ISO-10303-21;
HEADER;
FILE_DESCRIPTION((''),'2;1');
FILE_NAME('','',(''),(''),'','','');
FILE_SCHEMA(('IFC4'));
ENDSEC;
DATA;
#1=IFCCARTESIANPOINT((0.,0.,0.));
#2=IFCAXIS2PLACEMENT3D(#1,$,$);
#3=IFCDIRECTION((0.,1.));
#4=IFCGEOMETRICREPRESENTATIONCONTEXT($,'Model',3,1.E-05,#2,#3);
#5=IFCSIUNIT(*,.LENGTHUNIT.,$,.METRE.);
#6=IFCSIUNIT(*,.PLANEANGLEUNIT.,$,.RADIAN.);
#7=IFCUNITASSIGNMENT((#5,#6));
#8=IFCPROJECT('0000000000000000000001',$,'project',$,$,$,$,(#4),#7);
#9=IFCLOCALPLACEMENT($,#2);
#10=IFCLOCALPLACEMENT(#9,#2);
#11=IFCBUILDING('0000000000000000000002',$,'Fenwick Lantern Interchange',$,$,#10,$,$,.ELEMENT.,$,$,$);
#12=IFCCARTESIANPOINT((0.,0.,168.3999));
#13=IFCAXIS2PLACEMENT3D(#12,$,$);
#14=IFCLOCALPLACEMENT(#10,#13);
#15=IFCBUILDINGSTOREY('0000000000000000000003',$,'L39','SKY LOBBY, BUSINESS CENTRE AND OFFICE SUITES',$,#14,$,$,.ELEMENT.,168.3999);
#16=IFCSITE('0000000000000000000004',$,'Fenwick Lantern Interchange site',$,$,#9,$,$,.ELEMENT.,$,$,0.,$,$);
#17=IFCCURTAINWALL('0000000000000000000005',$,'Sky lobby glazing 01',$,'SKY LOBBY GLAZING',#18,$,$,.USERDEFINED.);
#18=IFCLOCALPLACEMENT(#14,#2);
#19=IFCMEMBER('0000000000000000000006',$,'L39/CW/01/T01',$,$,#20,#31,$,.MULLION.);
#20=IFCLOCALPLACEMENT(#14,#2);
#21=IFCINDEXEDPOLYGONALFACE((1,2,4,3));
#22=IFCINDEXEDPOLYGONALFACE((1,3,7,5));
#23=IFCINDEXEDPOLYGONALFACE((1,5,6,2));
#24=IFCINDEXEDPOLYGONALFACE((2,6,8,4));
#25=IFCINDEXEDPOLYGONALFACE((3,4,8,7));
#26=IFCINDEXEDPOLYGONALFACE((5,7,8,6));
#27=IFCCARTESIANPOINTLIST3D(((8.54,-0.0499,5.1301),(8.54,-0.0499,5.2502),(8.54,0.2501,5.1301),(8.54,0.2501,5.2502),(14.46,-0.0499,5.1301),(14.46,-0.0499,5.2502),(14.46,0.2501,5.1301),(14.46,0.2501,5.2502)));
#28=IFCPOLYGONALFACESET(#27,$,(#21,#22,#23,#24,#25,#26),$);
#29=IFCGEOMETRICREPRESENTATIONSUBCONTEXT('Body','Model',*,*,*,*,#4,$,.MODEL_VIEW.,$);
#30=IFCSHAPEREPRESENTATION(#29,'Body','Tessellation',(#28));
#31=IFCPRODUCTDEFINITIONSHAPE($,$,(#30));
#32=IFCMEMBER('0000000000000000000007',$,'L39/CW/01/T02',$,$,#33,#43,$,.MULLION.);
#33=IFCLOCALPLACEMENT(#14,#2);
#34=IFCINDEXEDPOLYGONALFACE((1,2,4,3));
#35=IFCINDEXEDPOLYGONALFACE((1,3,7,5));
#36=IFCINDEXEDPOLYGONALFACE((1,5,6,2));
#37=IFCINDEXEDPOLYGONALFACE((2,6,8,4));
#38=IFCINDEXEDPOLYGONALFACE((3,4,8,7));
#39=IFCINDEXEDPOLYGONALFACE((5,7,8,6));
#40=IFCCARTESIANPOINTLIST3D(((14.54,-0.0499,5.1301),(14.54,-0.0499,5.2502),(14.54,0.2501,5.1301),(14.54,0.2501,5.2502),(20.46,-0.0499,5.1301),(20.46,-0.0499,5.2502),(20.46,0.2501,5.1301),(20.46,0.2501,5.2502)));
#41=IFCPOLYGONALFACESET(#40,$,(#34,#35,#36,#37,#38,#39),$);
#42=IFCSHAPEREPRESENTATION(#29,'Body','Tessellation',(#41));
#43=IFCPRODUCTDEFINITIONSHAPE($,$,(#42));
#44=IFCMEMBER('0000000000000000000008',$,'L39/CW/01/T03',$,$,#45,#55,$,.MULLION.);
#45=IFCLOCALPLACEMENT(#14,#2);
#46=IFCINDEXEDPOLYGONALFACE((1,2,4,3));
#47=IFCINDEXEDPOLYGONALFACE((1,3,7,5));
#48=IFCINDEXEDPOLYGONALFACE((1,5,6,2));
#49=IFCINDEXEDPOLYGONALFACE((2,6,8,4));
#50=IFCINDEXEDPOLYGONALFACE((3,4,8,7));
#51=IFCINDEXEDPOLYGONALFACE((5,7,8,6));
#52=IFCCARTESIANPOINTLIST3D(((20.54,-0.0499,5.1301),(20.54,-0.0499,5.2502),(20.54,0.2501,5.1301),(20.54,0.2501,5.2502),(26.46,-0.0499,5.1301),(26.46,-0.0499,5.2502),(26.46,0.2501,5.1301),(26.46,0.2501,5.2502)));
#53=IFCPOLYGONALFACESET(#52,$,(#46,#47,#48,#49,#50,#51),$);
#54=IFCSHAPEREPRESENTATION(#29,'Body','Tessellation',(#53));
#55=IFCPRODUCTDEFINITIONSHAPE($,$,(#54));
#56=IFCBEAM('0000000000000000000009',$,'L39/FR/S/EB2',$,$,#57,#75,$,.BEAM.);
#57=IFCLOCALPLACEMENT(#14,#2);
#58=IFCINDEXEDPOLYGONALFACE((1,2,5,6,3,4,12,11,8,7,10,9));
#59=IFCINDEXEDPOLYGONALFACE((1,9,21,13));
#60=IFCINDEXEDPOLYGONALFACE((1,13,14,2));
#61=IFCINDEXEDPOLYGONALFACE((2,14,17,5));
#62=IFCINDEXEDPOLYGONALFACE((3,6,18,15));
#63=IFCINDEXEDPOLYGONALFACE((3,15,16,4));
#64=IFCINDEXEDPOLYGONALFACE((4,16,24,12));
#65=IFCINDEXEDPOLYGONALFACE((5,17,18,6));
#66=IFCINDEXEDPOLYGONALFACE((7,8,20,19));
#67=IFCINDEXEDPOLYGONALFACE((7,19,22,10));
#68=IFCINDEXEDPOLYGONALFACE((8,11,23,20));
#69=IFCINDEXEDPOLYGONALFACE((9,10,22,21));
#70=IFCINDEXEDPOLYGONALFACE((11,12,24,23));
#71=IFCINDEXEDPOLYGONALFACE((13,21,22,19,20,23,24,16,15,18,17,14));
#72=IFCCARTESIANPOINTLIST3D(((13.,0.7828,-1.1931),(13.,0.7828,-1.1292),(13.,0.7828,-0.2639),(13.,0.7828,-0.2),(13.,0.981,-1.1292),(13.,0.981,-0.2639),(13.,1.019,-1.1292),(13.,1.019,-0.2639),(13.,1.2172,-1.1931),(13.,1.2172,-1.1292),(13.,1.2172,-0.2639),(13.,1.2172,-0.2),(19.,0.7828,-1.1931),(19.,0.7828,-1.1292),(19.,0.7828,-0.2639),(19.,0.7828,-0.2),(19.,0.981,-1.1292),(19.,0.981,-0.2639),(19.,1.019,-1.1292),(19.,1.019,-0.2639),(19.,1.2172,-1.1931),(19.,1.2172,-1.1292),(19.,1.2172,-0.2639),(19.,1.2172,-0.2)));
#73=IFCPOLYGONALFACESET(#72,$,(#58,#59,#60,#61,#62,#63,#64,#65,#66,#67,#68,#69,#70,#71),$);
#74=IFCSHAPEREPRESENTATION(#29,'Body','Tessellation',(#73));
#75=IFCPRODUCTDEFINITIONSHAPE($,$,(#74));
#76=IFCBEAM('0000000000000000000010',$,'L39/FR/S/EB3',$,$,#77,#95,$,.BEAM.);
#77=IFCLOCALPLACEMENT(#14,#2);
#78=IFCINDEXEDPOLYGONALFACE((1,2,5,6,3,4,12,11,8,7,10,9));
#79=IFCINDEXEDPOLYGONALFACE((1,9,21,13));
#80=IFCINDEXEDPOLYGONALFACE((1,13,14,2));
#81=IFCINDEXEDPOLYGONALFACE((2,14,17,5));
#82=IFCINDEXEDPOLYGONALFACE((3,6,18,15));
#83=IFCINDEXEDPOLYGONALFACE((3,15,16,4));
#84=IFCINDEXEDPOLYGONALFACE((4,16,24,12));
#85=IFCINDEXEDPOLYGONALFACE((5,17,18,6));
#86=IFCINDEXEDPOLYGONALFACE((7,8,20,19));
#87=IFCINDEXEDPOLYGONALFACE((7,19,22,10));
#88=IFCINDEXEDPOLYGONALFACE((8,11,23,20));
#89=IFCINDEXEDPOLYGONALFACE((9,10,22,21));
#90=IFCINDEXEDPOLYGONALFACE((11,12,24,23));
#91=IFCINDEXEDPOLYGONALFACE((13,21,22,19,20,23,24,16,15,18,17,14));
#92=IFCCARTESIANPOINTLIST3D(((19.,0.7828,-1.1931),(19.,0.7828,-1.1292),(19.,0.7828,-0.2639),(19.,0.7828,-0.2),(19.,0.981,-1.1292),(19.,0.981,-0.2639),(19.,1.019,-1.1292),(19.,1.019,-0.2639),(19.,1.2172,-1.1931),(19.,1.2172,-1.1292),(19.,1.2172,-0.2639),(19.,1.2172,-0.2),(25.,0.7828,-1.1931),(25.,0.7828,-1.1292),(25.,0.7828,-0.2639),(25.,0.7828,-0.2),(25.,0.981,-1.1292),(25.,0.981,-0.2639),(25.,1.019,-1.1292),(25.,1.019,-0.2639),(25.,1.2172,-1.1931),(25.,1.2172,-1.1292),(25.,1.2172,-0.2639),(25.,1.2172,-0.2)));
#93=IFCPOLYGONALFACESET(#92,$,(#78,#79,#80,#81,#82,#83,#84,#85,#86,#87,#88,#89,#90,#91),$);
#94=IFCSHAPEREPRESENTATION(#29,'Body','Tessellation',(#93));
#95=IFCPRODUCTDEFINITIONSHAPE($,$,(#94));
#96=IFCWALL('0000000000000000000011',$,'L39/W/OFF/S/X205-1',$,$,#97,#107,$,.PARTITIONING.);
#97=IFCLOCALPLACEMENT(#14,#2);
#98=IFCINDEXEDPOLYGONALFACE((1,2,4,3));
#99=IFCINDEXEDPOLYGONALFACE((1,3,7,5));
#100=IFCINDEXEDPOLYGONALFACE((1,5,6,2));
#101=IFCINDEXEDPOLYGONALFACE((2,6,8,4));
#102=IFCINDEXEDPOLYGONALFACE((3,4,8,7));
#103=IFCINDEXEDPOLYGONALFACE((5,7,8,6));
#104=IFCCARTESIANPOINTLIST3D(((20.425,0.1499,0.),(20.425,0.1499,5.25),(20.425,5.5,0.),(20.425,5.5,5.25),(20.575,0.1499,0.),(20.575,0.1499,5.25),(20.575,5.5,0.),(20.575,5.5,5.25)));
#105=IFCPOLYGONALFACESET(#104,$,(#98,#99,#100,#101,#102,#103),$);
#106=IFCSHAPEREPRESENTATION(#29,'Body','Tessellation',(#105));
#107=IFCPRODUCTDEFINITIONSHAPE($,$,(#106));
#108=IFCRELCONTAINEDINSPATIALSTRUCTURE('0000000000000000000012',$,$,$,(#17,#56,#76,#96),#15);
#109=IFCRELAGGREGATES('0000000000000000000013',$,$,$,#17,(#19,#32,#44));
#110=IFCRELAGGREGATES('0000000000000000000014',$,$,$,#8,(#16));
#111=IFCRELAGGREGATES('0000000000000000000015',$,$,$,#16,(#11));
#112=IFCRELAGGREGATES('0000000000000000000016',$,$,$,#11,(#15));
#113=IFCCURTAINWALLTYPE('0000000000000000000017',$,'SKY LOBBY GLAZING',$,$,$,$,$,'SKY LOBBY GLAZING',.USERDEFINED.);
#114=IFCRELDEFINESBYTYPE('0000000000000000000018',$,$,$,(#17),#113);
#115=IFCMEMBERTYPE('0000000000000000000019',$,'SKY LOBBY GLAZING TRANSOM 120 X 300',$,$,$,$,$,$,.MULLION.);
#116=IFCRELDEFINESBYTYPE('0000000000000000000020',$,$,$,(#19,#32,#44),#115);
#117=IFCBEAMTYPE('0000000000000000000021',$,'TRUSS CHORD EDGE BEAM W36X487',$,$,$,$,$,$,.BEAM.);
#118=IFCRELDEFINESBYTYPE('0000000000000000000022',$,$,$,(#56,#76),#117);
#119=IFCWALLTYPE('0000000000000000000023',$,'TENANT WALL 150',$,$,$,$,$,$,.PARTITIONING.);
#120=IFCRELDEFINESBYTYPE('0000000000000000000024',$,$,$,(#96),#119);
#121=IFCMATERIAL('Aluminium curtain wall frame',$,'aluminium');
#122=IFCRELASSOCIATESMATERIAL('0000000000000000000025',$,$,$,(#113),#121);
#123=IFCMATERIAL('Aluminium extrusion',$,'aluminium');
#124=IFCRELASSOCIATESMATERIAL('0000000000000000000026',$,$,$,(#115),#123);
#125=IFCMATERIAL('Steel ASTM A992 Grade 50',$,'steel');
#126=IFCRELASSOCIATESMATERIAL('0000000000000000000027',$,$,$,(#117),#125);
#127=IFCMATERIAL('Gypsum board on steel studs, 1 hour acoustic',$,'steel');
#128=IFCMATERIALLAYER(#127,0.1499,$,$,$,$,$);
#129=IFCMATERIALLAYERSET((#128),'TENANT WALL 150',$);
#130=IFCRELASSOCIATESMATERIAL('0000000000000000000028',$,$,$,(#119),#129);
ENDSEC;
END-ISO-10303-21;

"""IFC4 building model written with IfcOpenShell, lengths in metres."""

from ifc_helpers import new_model, si_unit, direction, frame, frame_2d, origin, origin_2d, place, context, subcontext, project, spatial, rectangle, i_section, extrude, material, layer, layer_set, material_profile, profile_set, type_object, element, aggregate, save


model = new_model("IFC4")

# Units and contexts
model_context = context("Model", 3, precision=1e-05, world=origin(), true_north=direction((0.0, 1.0)))
body_context = subcontext(model_context, "Body", "Model", "MODEL_VIEW")
ifc_project = project(units=[si_unit("LENGTHUNIT", "METRE"), si_unit("PLANEANGLEUNIT", "RADIAN")], contexts=[model_context])

# Site, building, storey
site_placement = place(None, origin())
site = spatial("IfcSite", under=ifc_project, at=site_placement, Name="Fenwick Lantern Interchange site", CompositionType="ELEMENT", RefElevation=0.0)
building_placement = place(site_placement, origin())
building = spatial("IfcBuilding", under=site, at=building_placement, Name="Fenwick Lantern Interchange", CompositionType="ELEMENT")
storey_placement = place(building_placement, frame((0.0, 0.0, 168.3999)))
storey = spatial("IfcBuildingStorey", under=building, at=storey_placement, Name="L39", Description="SKY LOBBY, BUSINESS CENTRE AND OFFICE SUITES", CompositionType="ELEMENT", Elevation=168.3999)

# Shared definitions
ifc_material_1 = material(Name="Steel ASTM A992 Grade 50", Category="steel")

# Curtain wall, members
ifc_material_2 = material(Name="Aluminium curtain wall frame", Category="aluminium")
curtain_wall_type = type_object("IfcCurtainWallType", Name="SKY LOBBY GLAZING", ElementType="SKY LOBBY GLAZING", PredefinedType="USERDEFINED", material=ifc_material_2)
curtain_wall_placement = place(storey_placement, origin())
curtain_wall = element("IfcCurtainWall", 1, at=curtain_wall_placement, inside=storey, type_object=curtain_wall_type, Name="Sky lobby glazing 01", ObjectType="SKY LOBBY GLAZING", PredefinedType="USERDEFINED")
ifc_material_3 = material(Name="Aluminium extrusion", Category="aluminium")
ifc_material_profile_1 = material_profile(ifc_material_3, rectangle(XDim=0.3, YDim=0.1201, at=origin_2d()), Name="SKY LOBBY GLAZING TRANSOM 120 X 300")
ifc_profile_set_1 = profile_set([ifc_material_profile_1], Name="Aluminium extrusion")
member_type_1 = type_object("IfcMemberType", Name="SKY LOBBY GLAZING TRANSOM 120 X 300", PredefinedType="MULLION", material=ifc_profile_set_1)
member_1_placement = place(storey_placement, frame((8.54, 0.1001, 5.1902), z_axis=(1.0, 0.0, 0.0), x_axis=(0.0, 1.0, 0.0)))
member_1 = element("IfcMember", 2, at=member_1_placement, type_object=member_type_1, Name="L39/CW/01/T01", PredefinedType="MULLION", context=body_context, shape_type="SweptSolid", body=[
    extrude(rectangle(XDim=0.3, YDim=0.1201, at=origin_2d()), origin(), (0.0, 0.0, 1.0), 5.9199),
])
member_2_placement = place(storey_placement, frame((14.54, 0.1001, 5.1902), z_axis=(1.0, 0.0, 0.0), x_axis=(0.0, 1.0, 0.0)))
member_2 = element("IfcMember", 3, at=member_2_placement, type_object=member_type_1, Name="L39/CW/01/T02", PredefinedType="MULLION", context=body_context, shape_type="SweptSolid", body=[
    extrude(rectangle(XDim=0.3, YDim=0.1201, at=origin_2d()), origin(), (0.0, 0.0, 1.0), 5.9199),
])
member_3_placement = place(storey_placement, frame((20.54, 0.1001, 5.1902), z_axis=(1.0, 0.0, 0.0), x_axis=(0.0, 1.0, 0.0)))
member_3 = element("IfcMember", 4, at=member_3_placement, type_object=member_type_1, Name="L39/CW/01/T03", PredefinedType="MULLION", context=body_context, shape_type="SweptSolid", body=[
    extrude(rectangle(XDim=0.3, YDim=0.1201, at=origin_2d()), origin(), (0.0, 0.0, 1.0), 5.9199),
])
aggregate(curtain_wall, [member_1, member_2, member_3])

# Beams
ifc_material_profile_2 = material_profile(ifc_material_1, i_section(OverallWidth=0.4343, OverallDepth=0.9932, WebThickness=0.0381, FlangeThickness=0.064, at=origin_2d()), Name="W36X487")
ifc_profile_set_2 = profile_set([ifc_material_profile_2], Name="Steel ASTM A992 Grade 50")
beam_type_1 = type_object("IfcBeamType", Name="TRUSS CHORD EDGE BEAM W36X487", PredefinedType="BEAM", material=ifc_profile_set_2)
for number, where, z_axis, x_axis, name in (
    (5, (13.0, 1.0, -0.6965), (1.0, 0.0, 0.0), (0.0, 1.0, 0.0), "L39/FR/S/EB2"),
    (6, (19.0, 1.0, -0.6965), (1.0, 0.0, 0.0), (0.0, 1.0, 0.0), "L39/FR/S/EB3"),
):
    element("IfcBeam", number, at=place(storey_placement, frame(where, z_axis=z_axis, x_axis=x_axis)), inside=storey, type_object=beam_type_1, Name=name, PredefinedType="BEAM", context=body_context, shape_type="SweptSolid", body=[
        extrude(i_section(OverallWidth=0.4343, OverallDepth=0.9932, WebThickness=0.0381, FlangeThickness=0.064, at=origin_2d()), origin(), (0.0, 0.0, 1.0), 6.0),
    ])

# Wall
ifc_material_4 = material(Name="Gypsum board on steel studs, 1 hour acoustic", Category="steel")
ifc_layer = layer(ifc_material_4, 0.1499)
ifc_layer_set = layer_set([ifc_layer], Name="TENANT WALL 150")
wall_type = type_object("IfcWallType", Name="TENANT WALL 150", PredefinedType="PARTITIONING", material=ifc_layer_set)
wall_placement = place(storey_placement, frame((20.5, 0.1499, 0.0), z_axis=(0.0, 0.0, 1.0), x_axis=(0.0, 1.0, 0.0)))
element("IfcWall", 7, at=wall_placement, inside=storey, type_object=wall_type, Name="L39/W/OFF/S/X205-1", PredefinedType="PARTITIONING", context=body_context, shape_type="SweptSolid", body=[
    extrude(rectangle(XDim=5.3501, YDim=0.1499, at=frame_2d((2.675, 0.0))), origin(), (0.0, 0.0, 1.0), 5.25),
])

save(model, "model.ifc")
